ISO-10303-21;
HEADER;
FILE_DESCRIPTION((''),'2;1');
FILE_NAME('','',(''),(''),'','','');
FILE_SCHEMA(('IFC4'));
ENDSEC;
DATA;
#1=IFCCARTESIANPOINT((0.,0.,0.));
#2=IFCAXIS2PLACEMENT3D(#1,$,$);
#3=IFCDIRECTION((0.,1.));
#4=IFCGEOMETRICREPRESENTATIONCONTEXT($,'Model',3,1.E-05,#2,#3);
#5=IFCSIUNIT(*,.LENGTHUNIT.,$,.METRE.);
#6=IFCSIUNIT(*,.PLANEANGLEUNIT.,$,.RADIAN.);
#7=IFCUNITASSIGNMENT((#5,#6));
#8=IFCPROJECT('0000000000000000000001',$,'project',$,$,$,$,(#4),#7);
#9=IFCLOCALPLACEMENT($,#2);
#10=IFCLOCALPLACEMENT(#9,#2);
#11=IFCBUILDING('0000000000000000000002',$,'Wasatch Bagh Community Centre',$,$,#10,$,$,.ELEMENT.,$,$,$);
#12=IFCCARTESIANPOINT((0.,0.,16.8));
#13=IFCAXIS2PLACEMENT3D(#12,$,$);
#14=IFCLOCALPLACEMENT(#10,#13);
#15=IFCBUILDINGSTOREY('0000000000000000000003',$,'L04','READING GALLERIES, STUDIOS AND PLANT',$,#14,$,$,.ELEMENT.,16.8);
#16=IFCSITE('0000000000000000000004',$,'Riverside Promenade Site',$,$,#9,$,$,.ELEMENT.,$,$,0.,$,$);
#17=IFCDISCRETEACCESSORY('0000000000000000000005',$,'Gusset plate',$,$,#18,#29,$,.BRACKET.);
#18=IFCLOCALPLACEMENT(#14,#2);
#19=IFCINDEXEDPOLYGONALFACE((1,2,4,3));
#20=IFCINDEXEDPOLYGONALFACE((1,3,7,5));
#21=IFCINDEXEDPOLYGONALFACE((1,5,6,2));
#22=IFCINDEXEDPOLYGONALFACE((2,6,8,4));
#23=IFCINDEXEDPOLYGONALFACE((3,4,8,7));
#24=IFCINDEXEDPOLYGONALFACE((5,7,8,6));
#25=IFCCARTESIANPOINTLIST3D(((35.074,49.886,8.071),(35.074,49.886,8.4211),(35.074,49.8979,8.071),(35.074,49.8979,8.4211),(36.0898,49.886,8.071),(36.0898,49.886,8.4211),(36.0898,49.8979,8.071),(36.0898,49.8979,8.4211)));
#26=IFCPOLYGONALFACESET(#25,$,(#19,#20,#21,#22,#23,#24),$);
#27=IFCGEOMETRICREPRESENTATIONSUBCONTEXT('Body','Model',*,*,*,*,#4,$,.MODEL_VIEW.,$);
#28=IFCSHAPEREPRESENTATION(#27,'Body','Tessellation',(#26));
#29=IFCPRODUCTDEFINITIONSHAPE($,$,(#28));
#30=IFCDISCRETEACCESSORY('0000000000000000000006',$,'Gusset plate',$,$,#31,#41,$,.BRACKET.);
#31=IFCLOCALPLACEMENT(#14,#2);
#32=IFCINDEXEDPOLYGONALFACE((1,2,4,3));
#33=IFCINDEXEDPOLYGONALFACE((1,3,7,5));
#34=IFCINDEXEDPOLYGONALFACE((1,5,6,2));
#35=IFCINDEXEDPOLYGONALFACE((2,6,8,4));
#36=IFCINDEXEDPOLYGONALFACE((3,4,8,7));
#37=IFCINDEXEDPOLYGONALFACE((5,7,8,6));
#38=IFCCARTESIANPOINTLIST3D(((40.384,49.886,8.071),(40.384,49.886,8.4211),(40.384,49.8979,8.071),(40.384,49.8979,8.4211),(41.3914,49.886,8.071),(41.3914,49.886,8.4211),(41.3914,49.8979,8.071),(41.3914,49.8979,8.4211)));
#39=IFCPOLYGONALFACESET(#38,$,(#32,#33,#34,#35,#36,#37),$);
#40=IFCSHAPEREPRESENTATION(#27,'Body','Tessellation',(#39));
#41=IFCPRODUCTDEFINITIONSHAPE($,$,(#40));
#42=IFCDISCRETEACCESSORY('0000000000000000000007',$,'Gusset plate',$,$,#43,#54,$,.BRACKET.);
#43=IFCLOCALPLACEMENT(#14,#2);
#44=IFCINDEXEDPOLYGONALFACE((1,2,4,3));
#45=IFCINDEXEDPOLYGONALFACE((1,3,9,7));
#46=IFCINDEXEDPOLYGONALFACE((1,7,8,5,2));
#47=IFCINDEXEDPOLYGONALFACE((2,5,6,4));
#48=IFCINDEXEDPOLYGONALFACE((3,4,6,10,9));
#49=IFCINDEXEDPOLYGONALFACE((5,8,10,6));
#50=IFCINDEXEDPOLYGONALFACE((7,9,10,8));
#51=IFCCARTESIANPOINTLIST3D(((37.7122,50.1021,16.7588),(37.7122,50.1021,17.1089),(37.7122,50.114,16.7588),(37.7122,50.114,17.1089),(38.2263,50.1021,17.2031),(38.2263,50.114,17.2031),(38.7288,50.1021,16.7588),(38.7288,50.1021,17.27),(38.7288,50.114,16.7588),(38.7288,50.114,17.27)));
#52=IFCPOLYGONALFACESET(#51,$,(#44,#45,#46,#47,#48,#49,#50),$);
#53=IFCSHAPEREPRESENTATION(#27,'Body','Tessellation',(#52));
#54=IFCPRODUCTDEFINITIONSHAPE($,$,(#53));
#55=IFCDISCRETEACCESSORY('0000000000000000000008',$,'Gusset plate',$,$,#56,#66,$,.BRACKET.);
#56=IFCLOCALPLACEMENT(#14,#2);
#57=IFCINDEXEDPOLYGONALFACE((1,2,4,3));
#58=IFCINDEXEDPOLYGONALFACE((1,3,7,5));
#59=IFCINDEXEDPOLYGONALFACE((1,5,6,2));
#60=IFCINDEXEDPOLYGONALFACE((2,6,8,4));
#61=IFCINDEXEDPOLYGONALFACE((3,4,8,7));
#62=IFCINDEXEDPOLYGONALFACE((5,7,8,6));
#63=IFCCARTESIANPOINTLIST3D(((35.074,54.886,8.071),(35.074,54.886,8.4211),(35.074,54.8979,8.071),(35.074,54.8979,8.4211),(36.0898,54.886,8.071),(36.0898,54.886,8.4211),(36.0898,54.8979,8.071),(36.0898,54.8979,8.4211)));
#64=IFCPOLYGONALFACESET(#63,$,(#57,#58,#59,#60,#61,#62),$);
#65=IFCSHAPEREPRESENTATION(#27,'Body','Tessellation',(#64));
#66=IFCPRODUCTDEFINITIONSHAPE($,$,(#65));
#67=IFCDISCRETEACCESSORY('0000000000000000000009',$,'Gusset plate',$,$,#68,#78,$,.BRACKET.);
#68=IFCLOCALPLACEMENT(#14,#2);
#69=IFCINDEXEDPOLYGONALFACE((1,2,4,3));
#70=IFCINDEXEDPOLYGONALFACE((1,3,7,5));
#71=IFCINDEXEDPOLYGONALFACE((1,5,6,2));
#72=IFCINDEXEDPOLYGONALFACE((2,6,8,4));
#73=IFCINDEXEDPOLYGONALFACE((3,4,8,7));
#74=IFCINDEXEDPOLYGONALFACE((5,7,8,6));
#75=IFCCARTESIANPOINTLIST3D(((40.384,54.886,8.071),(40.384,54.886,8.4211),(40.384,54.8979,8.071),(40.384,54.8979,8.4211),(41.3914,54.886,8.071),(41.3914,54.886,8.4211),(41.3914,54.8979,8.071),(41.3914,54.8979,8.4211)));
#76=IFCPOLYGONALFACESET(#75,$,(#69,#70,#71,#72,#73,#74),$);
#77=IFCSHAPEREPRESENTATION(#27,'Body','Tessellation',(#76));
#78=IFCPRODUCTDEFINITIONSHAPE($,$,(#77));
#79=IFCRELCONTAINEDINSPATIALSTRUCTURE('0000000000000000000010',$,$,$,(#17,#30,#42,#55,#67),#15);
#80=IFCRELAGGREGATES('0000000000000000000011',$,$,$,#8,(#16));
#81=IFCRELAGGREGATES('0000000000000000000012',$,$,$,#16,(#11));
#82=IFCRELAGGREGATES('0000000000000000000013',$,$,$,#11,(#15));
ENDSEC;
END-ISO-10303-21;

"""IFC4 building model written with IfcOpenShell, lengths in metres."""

from ifc_helpers import new_model, si_unit, direction, frame, origin, place, context, subcontext, project, spatial, polyline, outline, extrude, element, save


model = new_model("IFC4")

# Units and contexts
model_context = context("Model", 3, precision=1e-05, world=origin(), true_north=direction((0.0, 1.0)))
body_context = subcontext(model_context, "Body", "Model", "MODEL_VIEW")
ifc_project = project(units=[si_unit("LENGTHUNIT", "METRE"), si_unit("PLANEANGLEUNIT", "RADIAN")], contexts=[model_context])

# Site, building, storey
site_placement = place(None, origin())
site = spatial("IfcSite", under=ifc_project, at=site_placement, Name="Riverside Promenade Site", CompositionType="ELEMENT", RefElevation=0.0)
building_placement = place(site_placement, origin())
building = spatial("IfcBuilding", under=site, at=building_placement, Name="Wasatch Bagh Community Centre", CompositionType="ELEMENT")
storey_placement = place(building_placement, frame((0.0, 0.0, 16.8)))
storey = spatial("IfcBuildingStorey", under=building, at=storey_placement, Name="L04", Description="READING GALLERIES, STUDIOS AND PLANT", CompositionType="ELEMENT", Elevation=16.8)

# Discrete accessories
discrete_accessory_1_placement = place(storey_placement, frame((35.074, 49.886, 8.071), z_axis=(0.0, -1.0, 0.0), x_axis=(1.0, 0.0, 0.0)))
element("IfcDiscreteAccessory", 1, at=discrete_accessory_1_placement, inside=storey, Name="Gusset plate", PredefinedType="BRACKET", context=body_context, shape_type="SweptSolid", body=[
    extrude(outline(polyline([(0.0, 0.0), (1.0159, 0.0), (1.0159, 0.3501), (0.0, 0.3501), (0.0, 0.0)])), origin(), (0.0, 0.0, -1.0), 0.012),
])
discrete_accessory_2_placement = place(storey_placement, frame((40.384, 49.886, 8.071), z_axis=(0.0, -1.0, 0.0), x_axis=(1.0, 0.0, 0.0)))
element("IfcDiscreteAccessory", 2, at=discrete_accessory_2_placement, inside=storey, Name="Gusset plate", PredefinedType="BRACKET", context=body_context, shape_type="SweptSolid", body=[
    extrude(outline(polyline([(0.0, 0.0), (1.0073, 0.0), (1.0073, 0.3501), (0.0, 0.3501), (0.0, 0.0)])), origin(), (0.0, 0.0, -1.0), 0.012),
])
discrete_accessory_3_placement = place(storey_placement, frame((37.7122, 50.114, 17.1089), z_axis=(0.0, 1.0, 0.0), x_axis=(0.983615, 0.0, 0.180283)))
element("IfcDiscreteAccessory", 3, at=discrete_accessory_3_placement, inside=storey, Name="Gusset plate", PredefinedType="BRACKET", context=body_context, shape_type="SweptSolid", body=[
    extrude(outline(polyline([(0.0, 0.0), (0.5227, 0.0), (1.029, 0.0248), (0.9368, 0.5276), (-0.0631, 0.3444), (0.0, 0.0)])), origin(), (0.0, 0.0, -1.0), 0.012),
])
discrete_accessory_4_placement = place(storey_placement, frame((35.074, 54.886, 8.071), z_axis=(0.0, -1.0, 0.0), x_axis=(1.0, 0.0, 0.0)))
element("IfcDiscreteAccessory", 4, at=discrete_accessory_4_placement, inside=storey, Name="Gusset plate", PredefinedType="BRACKET", context=body_context, shape_type="SweptSolid", body=[
    extrude(outline(polyline([(0.0, 0.0), (1.0159, 0.0), (1.0159, 0.3501), (0.0, 0.3501), (0.0, 0.0)])), origin(), (0.0, 0.0, -1.0), 0.012),
])
discrete_accessory_5_placement = place(storey_placement, frame((40.384, 54.886, 8.071), z_axis=(0.0, -1.0, 0.0), x_axis=(1.0, 0.0, 0.0)))
element("IfcDiscreteAccessory", 5, at=discrete_accessory_5_placement, inside=storey, Name="Gusset plate", PredefinedType="BRACKET", context=body_context, shape_type="SweptSolid", body=[
    extrude(outline(polyline([(0.0, 0.0), (1.0073, 0.0), (1.0073, 0.3501), (0.0, 0.3501), (0.0, 0.0)])), origin(), (0.0, 0.0, -1.0), 0.012),
])

save(model, "model.ifc")
